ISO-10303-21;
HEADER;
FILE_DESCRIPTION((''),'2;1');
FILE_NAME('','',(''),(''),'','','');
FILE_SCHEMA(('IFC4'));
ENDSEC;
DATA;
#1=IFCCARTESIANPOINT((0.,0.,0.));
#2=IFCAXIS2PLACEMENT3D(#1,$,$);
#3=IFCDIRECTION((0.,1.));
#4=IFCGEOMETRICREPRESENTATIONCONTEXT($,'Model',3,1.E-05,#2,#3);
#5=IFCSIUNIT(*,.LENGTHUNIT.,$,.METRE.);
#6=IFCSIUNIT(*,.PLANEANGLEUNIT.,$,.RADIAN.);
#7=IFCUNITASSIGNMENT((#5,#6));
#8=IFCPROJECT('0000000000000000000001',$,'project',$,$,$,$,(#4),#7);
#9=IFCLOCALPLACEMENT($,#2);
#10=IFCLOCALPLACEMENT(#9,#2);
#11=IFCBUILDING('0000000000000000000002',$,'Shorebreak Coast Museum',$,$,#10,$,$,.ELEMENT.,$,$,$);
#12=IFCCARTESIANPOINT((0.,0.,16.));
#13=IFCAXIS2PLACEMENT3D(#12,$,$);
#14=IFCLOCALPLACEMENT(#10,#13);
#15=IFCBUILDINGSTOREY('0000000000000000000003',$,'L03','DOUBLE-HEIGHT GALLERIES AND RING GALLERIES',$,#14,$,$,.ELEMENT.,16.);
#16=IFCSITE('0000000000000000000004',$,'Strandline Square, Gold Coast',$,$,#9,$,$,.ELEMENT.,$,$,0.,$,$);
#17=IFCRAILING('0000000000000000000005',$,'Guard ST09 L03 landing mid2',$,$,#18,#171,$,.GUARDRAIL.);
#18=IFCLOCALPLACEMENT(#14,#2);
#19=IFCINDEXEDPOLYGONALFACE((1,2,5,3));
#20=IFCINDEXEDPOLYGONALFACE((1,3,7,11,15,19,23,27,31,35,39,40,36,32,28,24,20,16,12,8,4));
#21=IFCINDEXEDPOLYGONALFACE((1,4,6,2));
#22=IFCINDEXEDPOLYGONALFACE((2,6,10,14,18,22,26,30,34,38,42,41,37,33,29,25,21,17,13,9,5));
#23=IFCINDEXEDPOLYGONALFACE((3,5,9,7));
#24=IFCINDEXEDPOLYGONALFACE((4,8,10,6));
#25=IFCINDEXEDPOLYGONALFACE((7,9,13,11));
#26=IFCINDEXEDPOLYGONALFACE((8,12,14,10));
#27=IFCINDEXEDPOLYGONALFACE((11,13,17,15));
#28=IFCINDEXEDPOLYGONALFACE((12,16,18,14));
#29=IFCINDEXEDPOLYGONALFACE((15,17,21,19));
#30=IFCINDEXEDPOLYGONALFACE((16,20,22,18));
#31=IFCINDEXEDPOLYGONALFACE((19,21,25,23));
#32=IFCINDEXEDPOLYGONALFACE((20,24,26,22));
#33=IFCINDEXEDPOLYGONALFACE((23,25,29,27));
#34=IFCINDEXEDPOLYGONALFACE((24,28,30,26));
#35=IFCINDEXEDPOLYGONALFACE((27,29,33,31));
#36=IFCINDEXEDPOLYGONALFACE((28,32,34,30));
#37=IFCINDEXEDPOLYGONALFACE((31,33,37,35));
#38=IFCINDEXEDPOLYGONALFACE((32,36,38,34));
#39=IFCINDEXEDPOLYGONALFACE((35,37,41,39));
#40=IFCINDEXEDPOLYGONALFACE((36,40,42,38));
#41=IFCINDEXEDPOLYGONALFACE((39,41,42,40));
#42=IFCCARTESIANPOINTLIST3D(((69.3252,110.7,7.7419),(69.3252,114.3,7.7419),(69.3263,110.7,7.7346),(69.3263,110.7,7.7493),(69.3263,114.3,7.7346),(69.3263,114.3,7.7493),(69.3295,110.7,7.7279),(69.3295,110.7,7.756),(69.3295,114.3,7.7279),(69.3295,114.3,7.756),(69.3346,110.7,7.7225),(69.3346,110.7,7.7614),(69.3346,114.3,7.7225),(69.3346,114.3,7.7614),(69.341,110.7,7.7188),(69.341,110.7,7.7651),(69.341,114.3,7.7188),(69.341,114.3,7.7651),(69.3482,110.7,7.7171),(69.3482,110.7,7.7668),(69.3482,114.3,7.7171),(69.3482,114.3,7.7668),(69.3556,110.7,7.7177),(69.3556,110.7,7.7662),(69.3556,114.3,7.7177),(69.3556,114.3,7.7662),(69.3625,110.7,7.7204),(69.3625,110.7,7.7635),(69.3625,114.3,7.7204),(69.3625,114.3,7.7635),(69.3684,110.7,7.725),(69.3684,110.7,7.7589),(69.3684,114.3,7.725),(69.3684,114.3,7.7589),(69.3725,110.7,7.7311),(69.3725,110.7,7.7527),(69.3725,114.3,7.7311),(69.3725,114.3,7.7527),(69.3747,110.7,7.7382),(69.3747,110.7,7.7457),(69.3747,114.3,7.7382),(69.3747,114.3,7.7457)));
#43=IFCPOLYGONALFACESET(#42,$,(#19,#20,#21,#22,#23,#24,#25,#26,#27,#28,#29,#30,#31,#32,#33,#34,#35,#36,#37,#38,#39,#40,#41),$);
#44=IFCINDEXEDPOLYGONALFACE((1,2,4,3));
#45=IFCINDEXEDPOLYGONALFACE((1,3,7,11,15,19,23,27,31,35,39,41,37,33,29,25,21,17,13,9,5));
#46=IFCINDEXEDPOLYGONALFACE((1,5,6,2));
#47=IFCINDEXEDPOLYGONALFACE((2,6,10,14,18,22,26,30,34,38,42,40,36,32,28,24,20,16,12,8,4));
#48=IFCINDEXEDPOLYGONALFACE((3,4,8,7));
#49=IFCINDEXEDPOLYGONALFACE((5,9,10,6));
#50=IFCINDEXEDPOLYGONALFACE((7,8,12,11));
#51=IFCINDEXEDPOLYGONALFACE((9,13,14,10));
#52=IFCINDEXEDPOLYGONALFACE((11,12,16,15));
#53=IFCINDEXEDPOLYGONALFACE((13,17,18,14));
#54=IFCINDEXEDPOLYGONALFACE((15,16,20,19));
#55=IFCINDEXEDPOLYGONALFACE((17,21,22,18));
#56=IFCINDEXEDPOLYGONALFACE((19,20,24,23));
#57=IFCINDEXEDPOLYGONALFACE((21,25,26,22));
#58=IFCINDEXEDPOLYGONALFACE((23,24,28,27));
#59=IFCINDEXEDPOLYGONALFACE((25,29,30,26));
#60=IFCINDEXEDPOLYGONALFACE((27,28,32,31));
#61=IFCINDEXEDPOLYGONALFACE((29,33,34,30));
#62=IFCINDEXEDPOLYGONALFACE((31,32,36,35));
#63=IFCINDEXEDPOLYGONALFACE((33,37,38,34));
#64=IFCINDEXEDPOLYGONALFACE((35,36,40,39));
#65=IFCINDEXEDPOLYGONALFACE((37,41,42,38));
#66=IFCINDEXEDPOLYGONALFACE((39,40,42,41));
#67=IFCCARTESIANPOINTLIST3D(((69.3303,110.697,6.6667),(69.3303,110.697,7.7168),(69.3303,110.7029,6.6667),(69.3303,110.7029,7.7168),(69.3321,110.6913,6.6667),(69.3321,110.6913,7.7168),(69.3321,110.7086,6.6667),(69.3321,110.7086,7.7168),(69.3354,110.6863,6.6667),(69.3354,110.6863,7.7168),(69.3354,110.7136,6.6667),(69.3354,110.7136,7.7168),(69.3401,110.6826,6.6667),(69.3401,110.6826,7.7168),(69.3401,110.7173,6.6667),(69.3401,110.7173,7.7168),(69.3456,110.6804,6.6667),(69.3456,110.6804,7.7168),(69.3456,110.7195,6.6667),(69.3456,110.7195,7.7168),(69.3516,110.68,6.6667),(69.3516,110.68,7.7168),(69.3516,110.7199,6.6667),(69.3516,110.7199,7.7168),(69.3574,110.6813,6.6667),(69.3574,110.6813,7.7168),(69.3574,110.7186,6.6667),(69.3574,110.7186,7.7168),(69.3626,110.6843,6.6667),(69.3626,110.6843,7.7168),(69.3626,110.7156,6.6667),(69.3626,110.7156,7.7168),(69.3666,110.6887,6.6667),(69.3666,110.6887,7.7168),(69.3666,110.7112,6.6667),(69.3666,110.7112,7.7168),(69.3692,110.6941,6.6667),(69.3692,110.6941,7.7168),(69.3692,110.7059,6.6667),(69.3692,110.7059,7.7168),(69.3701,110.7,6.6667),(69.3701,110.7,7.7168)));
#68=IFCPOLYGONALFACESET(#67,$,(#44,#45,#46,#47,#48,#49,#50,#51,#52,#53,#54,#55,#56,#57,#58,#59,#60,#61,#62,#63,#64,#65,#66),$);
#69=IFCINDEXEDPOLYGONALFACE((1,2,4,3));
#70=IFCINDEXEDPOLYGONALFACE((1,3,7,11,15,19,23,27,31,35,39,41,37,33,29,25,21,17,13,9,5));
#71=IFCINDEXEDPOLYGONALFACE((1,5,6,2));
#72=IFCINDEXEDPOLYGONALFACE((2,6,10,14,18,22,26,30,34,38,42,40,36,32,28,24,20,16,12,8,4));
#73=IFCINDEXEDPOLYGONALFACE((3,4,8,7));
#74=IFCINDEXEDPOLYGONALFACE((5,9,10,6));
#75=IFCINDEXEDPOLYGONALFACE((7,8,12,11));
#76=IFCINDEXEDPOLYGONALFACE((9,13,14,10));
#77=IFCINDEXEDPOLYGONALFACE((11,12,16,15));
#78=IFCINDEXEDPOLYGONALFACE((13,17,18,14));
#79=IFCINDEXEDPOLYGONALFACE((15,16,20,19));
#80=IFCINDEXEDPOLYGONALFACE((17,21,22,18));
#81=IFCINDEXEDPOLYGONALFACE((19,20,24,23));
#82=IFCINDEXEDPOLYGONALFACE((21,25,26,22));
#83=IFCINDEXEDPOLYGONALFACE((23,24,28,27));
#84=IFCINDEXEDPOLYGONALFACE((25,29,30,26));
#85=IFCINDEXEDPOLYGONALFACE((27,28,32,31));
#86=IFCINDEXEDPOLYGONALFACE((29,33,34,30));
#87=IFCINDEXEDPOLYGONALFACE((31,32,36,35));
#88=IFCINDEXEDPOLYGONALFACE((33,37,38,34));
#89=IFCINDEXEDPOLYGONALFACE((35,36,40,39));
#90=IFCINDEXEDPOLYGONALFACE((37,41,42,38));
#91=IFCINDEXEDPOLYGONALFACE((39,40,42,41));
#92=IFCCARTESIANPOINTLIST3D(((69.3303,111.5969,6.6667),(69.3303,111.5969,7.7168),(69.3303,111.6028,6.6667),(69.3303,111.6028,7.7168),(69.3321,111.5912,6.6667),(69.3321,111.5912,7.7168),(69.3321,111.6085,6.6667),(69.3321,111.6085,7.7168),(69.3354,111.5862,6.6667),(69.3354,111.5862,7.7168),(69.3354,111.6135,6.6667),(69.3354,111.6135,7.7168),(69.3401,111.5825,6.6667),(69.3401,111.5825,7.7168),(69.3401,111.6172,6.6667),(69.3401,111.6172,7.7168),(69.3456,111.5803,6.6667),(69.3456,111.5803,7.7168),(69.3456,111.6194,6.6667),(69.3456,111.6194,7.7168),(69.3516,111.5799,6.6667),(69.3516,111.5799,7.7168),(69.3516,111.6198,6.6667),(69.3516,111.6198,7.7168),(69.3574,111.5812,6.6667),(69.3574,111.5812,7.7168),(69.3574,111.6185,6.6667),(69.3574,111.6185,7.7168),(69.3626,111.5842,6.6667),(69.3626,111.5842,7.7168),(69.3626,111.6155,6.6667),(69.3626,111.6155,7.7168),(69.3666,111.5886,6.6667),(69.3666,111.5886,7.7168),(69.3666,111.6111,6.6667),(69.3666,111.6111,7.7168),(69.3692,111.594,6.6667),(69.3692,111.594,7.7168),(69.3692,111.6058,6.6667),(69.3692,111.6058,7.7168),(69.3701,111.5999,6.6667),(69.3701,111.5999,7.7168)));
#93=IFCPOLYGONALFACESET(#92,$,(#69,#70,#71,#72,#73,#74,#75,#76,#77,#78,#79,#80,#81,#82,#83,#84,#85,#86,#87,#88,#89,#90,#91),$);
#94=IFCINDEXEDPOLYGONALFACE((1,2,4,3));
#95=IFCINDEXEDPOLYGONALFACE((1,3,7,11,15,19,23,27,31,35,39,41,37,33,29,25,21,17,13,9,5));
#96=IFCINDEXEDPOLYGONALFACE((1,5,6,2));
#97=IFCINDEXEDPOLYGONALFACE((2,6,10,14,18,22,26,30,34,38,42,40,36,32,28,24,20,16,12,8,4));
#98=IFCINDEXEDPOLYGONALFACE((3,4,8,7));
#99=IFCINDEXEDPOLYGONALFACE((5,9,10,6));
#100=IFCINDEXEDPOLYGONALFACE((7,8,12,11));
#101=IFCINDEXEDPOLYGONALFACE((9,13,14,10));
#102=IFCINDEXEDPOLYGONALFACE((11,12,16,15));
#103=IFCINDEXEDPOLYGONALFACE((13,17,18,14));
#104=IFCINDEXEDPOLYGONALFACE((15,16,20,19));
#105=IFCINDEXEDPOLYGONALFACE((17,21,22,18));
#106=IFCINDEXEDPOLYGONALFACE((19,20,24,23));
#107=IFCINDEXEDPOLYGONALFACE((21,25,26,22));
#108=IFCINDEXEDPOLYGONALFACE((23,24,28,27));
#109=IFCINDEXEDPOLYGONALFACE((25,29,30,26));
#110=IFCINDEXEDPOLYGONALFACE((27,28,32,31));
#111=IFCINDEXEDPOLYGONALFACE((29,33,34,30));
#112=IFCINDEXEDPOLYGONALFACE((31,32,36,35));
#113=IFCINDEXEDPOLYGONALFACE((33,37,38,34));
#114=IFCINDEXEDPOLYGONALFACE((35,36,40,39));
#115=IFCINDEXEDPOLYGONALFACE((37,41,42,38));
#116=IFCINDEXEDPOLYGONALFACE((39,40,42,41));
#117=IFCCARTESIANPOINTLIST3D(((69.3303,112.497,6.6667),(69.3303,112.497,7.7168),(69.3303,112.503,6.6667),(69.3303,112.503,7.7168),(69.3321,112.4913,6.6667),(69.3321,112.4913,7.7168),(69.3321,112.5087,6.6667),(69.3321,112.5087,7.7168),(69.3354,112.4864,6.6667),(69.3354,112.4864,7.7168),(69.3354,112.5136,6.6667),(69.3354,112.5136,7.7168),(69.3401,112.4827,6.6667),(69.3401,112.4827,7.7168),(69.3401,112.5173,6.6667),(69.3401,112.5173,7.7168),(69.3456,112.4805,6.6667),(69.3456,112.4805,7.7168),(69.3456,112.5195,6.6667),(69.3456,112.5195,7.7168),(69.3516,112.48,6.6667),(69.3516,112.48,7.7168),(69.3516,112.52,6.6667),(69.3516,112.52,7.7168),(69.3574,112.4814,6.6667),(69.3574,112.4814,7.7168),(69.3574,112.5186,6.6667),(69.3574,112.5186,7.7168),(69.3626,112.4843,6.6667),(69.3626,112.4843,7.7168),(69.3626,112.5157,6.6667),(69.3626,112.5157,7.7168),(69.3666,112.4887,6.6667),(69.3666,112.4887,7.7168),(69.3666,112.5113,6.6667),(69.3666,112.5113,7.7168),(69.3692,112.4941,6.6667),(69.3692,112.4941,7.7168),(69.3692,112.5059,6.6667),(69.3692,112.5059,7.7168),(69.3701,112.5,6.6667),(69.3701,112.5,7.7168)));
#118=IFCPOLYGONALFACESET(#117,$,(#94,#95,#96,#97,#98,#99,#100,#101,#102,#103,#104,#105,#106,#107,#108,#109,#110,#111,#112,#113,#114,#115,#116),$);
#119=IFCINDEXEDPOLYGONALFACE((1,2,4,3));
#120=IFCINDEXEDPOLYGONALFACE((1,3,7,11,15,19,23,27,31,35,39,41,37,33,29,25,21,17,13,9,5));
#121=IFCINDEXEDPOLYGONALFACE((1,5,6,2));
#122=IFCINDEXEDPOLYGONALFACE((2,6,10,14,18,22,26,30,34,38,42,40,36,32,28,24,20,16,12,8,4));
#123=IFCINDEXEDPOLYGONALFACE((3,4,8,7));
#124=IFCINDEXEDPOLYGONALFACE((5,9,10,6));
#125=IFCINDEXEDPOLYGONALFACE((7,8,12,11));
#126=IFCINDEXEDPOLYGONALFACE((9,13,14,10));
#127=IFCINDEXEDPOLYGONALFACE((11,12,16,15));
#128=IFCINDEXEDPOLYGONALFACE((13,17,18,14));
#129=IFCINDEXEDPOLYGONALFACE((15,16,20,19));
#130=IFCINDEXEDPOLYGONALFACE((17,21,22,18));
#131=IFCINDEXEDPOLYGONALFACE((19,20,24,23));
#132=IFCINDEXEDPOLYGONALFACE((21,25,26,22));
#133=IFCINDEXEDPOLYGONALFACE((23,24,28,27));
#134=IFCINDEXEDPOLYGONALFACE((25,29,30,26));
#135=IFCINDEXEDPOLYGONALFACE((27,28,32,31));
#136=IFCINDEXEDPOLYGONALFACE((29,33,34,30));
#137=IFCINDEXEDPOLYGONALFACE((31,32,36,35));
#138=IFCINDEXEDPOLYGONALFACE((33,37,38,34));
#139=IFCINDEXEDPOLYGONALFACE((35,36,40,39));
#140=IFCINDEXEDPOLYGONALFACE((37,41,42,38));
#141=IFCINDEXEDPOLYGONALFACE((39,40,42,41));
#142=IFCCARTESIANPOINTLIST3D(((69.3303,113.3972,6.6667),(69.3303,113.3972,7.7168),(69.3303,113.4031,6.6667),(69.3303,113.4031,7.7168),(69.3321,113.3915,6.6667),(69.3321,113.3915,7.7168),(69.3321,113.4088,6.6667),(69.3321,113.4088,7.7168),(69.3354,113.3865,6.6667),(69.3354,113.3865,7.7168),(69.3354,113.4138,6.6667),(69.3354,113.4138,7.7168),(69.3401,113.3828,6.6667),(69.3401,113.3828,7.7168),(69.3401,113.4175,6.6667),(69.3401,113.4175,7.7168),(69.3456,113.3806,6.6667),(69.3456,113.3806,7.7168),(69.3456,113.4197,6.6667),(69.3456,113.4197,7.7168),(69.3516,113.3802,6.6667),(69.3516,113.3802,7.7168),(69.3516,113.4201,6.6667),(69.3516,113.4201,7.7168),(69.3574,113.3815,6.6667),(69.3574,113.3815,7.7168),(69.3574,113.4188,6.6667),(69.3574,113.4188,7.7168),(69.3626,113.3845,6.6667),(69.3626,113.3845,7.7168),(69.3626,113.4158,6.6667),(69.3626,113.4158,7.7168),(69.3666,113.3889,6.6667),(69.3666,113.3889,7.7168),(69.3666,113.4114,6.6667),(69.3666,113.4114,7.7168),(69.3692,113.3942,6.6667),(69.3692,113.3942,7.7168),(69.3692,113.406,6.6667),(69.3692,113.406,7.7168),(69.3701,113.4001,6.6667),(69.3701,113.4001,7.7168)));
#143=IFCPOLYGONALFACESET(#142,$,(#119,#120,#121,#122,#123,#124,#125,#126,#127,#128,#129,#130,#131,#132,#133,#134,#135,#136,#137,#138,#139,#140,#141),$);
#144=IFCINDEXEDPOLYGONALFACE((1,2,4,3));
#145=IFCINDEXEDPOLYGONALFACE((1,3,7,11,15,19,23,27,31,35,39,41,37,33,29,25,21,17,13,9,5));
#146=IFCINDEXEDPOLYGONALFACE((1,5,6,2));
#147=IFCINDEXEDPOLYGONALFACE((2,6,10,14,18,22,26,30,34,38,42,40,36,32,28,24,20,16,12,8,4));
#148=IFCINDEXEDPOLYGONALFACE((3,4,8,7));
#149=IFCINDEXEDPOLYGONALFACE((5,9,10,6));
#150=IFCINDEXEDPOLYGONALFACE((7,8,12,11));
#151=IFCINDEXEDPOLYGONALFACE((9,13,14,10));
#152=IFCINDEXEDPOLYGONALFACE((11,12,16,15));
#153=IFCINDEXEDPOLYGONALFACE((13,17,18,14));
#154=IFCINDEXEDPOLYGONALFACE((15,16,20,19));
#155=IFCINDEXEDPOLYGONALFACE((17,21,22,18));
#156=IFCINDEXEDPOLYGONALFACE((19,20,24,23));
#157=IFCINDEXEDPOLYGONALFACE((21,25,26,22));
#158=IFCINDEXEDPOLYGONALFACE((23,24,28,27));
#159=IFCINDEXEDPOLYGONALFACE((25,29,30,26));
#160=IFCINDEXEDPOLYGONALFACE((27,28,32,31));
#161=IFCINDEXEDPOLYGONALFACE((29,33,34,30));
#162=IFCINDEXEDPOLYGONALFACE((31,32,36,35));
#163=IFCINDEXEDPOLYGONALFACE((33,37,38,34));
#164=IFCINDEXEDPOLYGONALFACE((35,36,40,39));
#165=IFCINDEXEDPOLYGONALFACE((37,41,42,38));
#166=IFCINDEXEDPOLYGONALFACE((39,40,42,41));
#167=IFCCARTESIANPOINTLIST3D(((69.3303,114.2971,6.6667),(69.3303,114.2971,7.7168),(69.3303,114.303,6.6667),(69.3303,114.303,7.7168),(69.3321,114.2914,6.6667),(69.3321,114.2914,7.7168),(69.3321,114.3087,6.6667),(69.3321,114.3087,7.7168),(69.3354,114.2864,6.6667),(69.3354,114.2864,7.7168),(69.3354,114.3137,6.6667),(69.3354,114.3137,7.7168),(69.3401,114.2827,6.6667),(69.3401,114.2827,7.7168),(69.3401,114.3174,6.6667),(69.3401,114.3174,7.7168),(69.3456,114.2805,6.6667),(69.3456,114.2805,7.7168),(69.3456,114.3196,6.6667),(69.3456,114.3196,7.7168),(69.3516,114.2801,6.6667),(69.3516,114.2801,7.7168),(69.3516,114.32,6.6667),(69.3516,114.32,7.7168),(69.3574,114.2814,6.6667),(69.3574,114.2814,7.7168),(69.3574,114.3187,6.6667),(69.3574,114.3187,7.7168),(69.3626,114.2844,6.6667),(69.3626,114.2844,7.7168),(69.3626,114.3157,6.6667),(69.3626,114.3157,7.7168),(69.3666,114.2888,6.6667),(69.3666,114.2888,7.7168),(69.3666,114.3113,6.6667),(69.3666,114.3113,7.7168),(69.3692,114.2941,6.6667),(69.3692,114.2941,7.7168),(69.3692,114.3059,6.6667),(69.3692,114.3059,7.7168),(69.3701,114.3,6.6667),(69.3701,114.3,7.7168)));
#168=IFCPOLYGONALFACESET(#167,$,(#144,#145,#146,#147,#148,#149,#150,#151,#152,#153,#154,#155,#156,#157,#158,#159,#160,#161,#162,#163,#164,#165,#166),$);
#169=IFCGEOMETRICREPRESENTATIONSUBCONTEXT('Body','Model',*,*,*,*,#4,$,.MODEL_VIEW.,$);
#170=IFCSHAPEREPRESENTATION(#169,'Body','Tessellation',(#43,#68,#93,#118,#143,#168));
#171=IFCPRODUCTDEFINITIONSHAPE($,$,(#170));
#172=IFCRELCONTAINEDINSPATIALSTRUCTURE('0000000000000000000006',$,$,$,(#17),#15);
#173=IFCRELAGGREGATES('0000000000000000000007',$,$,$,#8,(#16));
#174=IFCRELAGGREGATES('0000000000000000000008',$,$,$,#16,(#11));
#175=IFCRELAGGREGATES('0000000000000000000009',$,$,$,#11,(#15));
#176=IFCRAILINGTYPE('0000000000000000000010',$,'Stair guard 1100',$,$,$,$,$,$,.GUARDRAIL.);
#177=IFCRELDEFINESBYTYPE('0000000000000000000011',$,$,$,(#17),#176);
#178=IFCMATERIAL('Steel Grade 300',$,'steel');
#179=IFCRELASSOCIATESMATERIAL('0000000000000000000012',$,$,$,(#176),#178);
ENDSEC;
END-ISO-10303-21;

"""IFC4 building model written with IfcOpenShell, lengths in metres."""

from ifc_helpers import new_model, si_unit, direction, frame, origin, origin_2d, place, context, subcontext, project, spatial, circle, extrude, material, type_object, element, save


model = new_model("IFC4")

# Units and contexts
model_context = context("Model", 3, precision=1e-05, world=origin(), true_north=direction((0.0, 1.0)))
body_context = subcontext(model_context, "Body", "Model", "MODEL_VIEW")
ifc_project = project(units=[si_unit("LENGTHUNIT", "METRE"), si_unit("PLANEANGLEUNIT", "RADIAN")], contexts=[model_context])

# Site, building, storey
site_placement = place(None, origin())
site = spatial("IfcSite", under=ifc_project, at=site_placement, Name="Strandline Square, Gold Coast", CompositionType="ELEMENT", RefElevation=0.0)
building_placement = place(site_placement, origin())
building = spatial("IfcBuilding", under=site, at=building_placement, Name="Shorebreak Coast Museum", CompositionType="ELEMENT")
storey_placement = place(building_placement, frame((0.0, 0.0, 16.0)))
storey = spatial("IfcBuildingStorey", under=building, at=storey_placement, Name="L03", Description="DOUBLE-HEIGHT GALLERIES AND RING GALLERIES", CompositionType="ELEMENT", Elevation=16.0)

# Railing
ifc_material_1 = material(Name="Steel Grade 300", Category="steel")
railing_type_1 = type_object("IfcRailingType", Name="Stair guard 1100", PredefinedType="GUARDRAIL", material=ifc_material_1)
railing_1_placement = place(storey_placement, frame((69.3501, 110.7, 6.6667)))
element("IfcRailing", 1, at=railing_1_placement, inside=storey, type_object=railing_type_1, Name="Guard ST09 L03 landing mid2", PredefinedType="GUARDRAIL", context=body_context, shape_type="SweptSolid", body=[
    extrude(circle(Radius=0.0249, at=origin_2d()), frame((0.0, 0.0, 1.0752), z_axis=(0.0, 1.0, 0.0), x_axis=(-1.0, 0.0, 0.0)), (0.0, 0.0, 1.0), 3.6001),
    extrude(circle(Radius=0.02, at=origin_2d()), origin(), (0.0, 0.0, 1.0), 1.05),
    extrude(circle(Radius=0.02, at=origin_2d()), frame((0.0, 0.8999, 0.0)), (0.0, 0.0, 1.0), 1.05),
    extrude(circle(Radius=0.02, at=origin_2d()), frame((0.0, 1.8, 0.0)), (0.0, 0.0, 1.0), 1.05),
    extrude(circle(Radius=0.02, at=origin_2d()), frame((0.0, 2.7002, 0.0)), (0.0, 0.0, 1.0), 1.05),
    extrude(circle(Radius=0.02, at=origin_2d()), frame((0.0, 3.6001, 0.0)), (0.0, 0.0, 1.0), 1.05),
])

save(model, "model.ifc")
